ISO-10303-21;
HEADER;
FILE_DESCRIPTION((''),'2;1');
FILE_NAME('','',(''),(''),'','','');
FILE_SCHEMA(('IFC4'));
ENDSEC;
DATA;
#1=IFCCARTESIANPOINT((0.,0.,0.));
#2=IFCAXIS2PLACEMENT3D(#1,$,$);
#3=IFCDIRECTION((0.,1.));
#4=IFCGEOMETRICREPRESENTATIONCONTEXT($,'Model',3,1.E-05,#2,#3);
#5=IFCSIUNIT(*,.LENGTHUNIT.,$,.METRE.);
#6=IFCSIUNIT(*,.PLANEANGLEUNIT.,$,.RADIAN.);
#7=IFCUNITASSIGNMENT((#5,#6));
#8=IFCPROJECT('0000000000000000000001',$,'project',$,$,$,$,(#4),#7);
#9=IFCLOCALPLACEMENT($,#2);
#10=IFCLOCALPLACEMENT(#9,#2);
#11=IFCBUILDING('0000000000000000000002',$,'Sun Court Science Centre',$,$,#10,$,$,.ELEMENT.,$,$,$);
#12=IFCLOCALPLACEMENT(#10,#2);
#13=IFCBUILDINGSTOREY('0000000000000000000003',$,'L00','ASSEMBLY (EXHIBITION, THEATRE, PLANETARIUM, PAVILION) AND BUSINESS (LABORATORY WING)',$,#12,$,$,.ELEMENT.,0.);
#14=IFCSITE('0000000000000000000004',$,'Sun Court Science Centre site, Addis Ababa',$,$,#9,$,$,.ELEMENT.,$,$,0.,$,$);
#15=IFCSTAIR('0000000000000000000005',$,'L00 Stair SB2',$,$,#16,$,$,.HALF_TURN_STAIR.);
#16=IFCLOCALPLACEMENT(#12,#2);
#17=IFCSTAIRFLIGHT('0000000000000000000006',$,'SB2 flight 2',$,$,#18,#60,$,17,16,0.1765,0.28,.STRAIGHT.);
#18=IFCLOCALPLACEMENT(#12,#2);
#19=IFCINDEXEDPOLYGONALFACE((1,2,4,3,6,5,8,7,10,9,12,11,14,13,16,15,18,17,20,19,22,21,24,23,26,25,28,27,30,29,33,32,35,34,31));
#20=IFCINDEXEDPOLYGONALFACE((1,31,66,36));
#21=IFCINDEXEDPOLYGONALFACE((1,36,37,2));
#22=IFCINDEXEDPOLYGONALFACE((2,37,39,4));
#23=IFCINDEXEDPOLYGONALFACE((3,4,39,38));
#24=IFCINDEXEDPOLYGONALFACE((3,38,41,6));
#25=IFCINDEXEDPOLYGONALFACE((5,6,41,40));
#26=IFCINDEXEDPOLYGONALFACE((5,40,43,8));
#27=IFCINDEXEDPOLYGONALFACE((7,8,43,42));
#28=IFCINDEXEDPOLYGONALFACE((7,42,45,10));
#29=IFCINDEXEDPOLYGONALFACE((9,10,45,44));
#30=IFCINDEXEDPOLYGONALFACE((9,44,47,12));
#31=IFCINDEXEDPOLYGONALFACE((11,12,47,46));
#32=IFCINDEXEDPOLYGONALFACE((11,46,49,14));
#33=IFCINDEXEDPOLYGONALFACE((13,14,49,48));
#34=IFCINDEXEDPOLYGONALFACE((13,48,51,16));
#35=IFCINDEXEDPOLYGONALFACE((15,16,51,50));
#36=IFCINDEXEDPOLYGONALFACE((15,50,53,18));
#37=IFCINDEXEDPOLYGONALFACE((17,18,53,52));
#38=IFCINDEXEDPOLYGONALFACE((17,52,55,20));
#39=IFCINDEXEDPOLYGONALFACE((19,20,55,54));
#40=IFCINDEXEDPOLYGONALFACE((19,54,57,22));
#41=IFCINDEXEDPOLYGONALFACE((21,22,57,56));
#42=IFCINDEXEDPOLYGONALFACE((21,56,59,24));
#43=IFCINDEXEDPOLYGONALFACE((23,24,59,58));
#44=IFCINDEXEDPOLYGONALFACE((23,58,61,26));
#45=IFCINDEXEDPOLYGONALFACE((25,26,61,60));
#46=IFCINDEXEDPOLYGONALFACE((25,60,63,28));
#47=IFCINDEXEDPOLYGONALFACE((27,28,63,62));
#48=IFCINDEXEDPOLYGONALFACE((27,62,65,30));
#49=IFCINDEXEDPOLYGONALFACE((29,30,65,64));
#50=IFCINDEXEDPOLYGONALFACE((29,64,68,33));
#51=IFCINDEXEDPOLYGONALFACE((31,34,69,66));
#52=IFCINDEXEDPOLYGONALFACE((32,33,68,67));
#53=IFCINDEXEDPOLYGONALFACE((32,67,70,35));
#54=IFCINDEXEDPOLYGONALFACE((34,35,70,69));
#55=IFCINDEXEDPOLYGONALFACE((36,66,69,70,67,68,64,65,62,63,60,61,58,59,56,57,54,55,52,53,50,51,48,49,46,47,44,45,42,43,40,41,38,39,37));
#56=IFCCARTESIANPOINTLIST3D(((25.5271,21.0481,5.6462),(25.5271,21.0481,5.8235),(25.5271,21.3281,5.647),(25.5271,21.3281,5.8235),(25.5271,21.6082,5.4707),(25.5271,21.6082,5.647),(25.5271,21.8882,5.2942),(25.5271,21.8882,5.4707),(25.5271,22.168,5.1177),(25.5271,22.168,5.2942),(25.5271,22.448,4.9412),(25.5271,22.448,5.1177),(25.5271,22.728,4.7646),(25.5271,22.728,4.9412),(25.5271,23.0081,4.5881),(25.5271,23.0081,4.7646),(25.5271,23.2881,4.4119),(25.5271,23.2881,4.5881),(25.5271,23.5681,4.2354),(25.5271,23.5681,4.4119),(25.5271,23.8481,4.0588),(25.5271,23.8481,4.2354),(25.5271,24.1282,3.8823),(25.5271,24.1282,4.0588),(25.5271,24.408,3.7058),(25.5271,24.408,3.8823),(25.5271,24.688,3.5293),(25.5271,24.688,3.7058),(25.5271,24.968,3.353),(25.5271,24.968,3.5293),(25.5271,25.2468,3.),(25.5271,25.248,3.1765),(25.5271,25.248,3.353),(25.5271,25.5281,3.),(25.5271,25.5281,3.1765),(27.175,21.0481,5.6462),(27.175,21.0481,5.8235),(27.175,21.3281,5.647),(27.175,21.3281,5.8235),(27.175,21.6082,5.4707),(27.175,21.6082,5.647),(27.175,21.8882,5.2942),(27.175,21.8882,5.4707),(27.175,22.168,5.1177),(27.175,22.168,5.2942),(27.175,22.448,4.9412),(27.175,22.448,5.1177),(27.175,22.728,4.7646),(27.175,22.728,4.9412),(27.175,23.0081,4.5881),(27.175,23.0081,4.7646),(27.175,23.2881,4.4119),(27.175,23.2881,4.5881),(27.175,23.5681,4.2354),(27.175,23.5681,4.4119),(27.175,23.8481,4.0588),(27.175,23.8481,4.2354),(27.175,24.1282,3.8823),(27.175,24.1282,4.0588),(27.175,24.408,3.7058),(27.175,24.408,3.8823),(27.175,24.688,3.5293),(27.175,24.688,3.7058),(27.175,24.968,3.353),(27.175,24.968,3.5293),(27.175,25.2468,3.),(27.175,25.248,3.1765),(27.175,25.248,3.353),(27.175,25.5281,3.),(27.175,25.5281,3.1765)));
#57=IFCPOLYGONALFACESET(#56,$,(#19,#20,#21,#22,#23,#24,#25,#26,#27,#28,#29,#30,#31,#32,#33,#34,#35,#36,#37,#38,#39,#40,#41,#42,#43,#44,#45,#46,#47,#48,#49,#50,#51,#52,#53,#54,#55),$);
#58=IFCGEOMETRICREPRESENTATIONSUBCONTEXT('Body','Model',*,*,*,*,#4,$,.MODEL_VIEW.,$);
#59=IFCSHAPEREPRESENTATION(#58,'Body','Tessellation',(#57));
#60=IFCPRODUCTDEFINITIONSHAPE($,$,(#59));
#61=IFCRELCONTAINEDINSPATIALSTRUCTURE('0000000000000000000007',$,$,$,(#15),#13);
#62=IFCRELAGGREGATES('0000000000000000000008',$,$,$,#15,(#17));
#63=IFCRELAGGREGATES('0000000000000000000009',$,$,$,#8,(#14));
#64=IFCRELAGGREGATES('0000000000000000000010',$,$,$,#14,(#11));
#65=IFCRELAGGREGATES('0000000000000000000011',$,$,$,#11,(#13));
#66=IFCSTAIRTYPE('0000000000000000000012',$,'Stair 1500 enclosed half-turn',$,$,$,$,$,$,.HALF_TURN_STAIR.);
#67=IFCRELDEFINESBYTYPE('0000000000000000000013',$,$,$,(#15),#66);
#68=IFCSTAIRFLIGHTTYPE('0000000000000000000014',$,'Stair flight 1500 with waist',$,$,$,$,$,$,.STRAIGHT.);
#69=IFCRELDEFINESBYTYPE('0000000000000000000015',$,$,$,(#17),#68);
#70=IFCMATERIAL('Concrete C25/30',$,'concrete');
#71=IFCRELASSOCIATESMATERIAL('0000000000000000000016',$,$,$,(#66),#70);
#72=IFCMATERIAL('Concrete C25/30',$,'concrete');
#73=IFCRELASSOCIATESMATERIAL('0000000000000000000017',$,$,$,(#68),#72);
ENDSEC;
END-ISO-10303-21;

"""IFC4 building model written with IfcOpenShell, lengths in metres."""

from ifc_helpers import new_model, si_unit, direction, frame, origin, place, context, subcontext, project, spatial, polyline, outline, extrude, material, type_object, element, aggregate, save


model = new_model("IFC4")

# Units and contexts
model_context = context("Model", 3, precision=1e-05, world=origin(), true_north=direction((0.0, 1.0)))
body_context = subcontext(model_context, "Body", "Model", "MODEL_VIEW")
ifc_project = project(units=[si_unit("LENGTHUNIT", "METRE"), si_unit("PLANEANGLEUNIT", "RADIAN")], contexts=[model_context])

# Site, building, storey
site_placement = place(None, origin())
site = spatial("IfcSite", under=ifc_project, at=site_placement, Name="Sun Court Science Centre site, Addis Ababa", CompositionType="ELEMENT", RefElevation=0.0)
building_placement = place(site_placement, origin())
building = spatial("IfcBuilding", under=site, at=building_placement, Name="Sun Court Science Centre", CompositionType="ELEMENT")
storey_placement = place(building_placement, origin())
storey = spatial("IfcBuildingStorey", under=building, at=storey_placement, Name="L00", Description="ASSEMBLY (EXHIBITION, THEATRE, PLANETARIUM, PAVILION) AND BUSINESS (LABORATORY WING)", CompositionType="ELEMENT", Elevation=0.0)

# Stair, stair flight
ifc_material_1 = material(Name="Concrete C25/30", Category="concrete")
stair_type = type_object("IfcStairType", Name="Stair 1500 enclosed half-turn", PredefinedType="HALF_TURN_STAIR", material=ifc_material_1)
stair_placement = place(storey_placement, origin())
stair = element("IfcStair", 1, at=stair_placement, inside=storey, type_object=stair_type, Name="L00 Stair SB2", PredefinedType="HALF_TURN_STAIR")
ifc_material_2 = material(Name="Concrete C25/30", Category="concrete")
stair_flight_type = type_object("IfcStairFlightType", Name="Stair flight 1500 with waist", PredefinedType="STRAIGHT", material=ifc_material_2)
stair_flight_1_placement = place(storey_placement, frame((26.3511, 25.5281, 3.0), z_axis=(0.0, 0.0, 1.0), x_axis=(0.0, -1.0, 0.0)))
stair_flight_1 = element("IfcStairFlight", 2, at=stair_flight_1_placement, type_object=stair_flight_type, Name="SB2 flight 2", NumberOfRisers=17, NumberOfTreads=16, PredefinedType="STRAIGHT", RiserHeight=0.1765, TreadLength=0.28, context=body_context, shape_type="SweptSolid", body=[
    extrude(outline(polyline([(0.0, 0.0), (0.0, 0.1765), (0.28, 0.1765), (0.28, 0.353), (0.5601, 0.353), (0.5601, 0.5293), (0.8401, 0.5293), (0.8401, 0.7058), (1.1201, 0.7058), (1.1201, 0.8823), (1.3999, 0.8823), (1.3999, 1.0588), (1.6799, 1.0588), (1.6799, 1.2354), (1.96, 1.2354), (1.96, 1.4119), (2.24, 1.4119), (2.24, 1.5881), (2.52, 1.5881), (2.52, 1.7646), (2.8, 1.7646), (2.8, 1.9412), (3.0801, 1.9412), (3.0801, 2.1177), (3.3601, 2.1177), (3.3601, 2.2942), (3.6399, 2.2942), (3.6399, 2.4707), (3.9199, 2.4707), (3.9199, 2.647), (4.2, 2.647), (4.2, 2.8235), (4.48, 2.8235), (4.48, 3.0), (4.48, 2.6462), (0.2812, 0.0), (0.0, 0.0)])), frame((0.0, 0.824, 0.0), z_axis=(0.0, -1.0, 0.0), x_axis=(1.0, 0.0, 0.0)), (0.0, 0.0, 1.0), 1.6479),
])
aggregate(stair, [stair_flight_1])

save(model, "model.ifc")
